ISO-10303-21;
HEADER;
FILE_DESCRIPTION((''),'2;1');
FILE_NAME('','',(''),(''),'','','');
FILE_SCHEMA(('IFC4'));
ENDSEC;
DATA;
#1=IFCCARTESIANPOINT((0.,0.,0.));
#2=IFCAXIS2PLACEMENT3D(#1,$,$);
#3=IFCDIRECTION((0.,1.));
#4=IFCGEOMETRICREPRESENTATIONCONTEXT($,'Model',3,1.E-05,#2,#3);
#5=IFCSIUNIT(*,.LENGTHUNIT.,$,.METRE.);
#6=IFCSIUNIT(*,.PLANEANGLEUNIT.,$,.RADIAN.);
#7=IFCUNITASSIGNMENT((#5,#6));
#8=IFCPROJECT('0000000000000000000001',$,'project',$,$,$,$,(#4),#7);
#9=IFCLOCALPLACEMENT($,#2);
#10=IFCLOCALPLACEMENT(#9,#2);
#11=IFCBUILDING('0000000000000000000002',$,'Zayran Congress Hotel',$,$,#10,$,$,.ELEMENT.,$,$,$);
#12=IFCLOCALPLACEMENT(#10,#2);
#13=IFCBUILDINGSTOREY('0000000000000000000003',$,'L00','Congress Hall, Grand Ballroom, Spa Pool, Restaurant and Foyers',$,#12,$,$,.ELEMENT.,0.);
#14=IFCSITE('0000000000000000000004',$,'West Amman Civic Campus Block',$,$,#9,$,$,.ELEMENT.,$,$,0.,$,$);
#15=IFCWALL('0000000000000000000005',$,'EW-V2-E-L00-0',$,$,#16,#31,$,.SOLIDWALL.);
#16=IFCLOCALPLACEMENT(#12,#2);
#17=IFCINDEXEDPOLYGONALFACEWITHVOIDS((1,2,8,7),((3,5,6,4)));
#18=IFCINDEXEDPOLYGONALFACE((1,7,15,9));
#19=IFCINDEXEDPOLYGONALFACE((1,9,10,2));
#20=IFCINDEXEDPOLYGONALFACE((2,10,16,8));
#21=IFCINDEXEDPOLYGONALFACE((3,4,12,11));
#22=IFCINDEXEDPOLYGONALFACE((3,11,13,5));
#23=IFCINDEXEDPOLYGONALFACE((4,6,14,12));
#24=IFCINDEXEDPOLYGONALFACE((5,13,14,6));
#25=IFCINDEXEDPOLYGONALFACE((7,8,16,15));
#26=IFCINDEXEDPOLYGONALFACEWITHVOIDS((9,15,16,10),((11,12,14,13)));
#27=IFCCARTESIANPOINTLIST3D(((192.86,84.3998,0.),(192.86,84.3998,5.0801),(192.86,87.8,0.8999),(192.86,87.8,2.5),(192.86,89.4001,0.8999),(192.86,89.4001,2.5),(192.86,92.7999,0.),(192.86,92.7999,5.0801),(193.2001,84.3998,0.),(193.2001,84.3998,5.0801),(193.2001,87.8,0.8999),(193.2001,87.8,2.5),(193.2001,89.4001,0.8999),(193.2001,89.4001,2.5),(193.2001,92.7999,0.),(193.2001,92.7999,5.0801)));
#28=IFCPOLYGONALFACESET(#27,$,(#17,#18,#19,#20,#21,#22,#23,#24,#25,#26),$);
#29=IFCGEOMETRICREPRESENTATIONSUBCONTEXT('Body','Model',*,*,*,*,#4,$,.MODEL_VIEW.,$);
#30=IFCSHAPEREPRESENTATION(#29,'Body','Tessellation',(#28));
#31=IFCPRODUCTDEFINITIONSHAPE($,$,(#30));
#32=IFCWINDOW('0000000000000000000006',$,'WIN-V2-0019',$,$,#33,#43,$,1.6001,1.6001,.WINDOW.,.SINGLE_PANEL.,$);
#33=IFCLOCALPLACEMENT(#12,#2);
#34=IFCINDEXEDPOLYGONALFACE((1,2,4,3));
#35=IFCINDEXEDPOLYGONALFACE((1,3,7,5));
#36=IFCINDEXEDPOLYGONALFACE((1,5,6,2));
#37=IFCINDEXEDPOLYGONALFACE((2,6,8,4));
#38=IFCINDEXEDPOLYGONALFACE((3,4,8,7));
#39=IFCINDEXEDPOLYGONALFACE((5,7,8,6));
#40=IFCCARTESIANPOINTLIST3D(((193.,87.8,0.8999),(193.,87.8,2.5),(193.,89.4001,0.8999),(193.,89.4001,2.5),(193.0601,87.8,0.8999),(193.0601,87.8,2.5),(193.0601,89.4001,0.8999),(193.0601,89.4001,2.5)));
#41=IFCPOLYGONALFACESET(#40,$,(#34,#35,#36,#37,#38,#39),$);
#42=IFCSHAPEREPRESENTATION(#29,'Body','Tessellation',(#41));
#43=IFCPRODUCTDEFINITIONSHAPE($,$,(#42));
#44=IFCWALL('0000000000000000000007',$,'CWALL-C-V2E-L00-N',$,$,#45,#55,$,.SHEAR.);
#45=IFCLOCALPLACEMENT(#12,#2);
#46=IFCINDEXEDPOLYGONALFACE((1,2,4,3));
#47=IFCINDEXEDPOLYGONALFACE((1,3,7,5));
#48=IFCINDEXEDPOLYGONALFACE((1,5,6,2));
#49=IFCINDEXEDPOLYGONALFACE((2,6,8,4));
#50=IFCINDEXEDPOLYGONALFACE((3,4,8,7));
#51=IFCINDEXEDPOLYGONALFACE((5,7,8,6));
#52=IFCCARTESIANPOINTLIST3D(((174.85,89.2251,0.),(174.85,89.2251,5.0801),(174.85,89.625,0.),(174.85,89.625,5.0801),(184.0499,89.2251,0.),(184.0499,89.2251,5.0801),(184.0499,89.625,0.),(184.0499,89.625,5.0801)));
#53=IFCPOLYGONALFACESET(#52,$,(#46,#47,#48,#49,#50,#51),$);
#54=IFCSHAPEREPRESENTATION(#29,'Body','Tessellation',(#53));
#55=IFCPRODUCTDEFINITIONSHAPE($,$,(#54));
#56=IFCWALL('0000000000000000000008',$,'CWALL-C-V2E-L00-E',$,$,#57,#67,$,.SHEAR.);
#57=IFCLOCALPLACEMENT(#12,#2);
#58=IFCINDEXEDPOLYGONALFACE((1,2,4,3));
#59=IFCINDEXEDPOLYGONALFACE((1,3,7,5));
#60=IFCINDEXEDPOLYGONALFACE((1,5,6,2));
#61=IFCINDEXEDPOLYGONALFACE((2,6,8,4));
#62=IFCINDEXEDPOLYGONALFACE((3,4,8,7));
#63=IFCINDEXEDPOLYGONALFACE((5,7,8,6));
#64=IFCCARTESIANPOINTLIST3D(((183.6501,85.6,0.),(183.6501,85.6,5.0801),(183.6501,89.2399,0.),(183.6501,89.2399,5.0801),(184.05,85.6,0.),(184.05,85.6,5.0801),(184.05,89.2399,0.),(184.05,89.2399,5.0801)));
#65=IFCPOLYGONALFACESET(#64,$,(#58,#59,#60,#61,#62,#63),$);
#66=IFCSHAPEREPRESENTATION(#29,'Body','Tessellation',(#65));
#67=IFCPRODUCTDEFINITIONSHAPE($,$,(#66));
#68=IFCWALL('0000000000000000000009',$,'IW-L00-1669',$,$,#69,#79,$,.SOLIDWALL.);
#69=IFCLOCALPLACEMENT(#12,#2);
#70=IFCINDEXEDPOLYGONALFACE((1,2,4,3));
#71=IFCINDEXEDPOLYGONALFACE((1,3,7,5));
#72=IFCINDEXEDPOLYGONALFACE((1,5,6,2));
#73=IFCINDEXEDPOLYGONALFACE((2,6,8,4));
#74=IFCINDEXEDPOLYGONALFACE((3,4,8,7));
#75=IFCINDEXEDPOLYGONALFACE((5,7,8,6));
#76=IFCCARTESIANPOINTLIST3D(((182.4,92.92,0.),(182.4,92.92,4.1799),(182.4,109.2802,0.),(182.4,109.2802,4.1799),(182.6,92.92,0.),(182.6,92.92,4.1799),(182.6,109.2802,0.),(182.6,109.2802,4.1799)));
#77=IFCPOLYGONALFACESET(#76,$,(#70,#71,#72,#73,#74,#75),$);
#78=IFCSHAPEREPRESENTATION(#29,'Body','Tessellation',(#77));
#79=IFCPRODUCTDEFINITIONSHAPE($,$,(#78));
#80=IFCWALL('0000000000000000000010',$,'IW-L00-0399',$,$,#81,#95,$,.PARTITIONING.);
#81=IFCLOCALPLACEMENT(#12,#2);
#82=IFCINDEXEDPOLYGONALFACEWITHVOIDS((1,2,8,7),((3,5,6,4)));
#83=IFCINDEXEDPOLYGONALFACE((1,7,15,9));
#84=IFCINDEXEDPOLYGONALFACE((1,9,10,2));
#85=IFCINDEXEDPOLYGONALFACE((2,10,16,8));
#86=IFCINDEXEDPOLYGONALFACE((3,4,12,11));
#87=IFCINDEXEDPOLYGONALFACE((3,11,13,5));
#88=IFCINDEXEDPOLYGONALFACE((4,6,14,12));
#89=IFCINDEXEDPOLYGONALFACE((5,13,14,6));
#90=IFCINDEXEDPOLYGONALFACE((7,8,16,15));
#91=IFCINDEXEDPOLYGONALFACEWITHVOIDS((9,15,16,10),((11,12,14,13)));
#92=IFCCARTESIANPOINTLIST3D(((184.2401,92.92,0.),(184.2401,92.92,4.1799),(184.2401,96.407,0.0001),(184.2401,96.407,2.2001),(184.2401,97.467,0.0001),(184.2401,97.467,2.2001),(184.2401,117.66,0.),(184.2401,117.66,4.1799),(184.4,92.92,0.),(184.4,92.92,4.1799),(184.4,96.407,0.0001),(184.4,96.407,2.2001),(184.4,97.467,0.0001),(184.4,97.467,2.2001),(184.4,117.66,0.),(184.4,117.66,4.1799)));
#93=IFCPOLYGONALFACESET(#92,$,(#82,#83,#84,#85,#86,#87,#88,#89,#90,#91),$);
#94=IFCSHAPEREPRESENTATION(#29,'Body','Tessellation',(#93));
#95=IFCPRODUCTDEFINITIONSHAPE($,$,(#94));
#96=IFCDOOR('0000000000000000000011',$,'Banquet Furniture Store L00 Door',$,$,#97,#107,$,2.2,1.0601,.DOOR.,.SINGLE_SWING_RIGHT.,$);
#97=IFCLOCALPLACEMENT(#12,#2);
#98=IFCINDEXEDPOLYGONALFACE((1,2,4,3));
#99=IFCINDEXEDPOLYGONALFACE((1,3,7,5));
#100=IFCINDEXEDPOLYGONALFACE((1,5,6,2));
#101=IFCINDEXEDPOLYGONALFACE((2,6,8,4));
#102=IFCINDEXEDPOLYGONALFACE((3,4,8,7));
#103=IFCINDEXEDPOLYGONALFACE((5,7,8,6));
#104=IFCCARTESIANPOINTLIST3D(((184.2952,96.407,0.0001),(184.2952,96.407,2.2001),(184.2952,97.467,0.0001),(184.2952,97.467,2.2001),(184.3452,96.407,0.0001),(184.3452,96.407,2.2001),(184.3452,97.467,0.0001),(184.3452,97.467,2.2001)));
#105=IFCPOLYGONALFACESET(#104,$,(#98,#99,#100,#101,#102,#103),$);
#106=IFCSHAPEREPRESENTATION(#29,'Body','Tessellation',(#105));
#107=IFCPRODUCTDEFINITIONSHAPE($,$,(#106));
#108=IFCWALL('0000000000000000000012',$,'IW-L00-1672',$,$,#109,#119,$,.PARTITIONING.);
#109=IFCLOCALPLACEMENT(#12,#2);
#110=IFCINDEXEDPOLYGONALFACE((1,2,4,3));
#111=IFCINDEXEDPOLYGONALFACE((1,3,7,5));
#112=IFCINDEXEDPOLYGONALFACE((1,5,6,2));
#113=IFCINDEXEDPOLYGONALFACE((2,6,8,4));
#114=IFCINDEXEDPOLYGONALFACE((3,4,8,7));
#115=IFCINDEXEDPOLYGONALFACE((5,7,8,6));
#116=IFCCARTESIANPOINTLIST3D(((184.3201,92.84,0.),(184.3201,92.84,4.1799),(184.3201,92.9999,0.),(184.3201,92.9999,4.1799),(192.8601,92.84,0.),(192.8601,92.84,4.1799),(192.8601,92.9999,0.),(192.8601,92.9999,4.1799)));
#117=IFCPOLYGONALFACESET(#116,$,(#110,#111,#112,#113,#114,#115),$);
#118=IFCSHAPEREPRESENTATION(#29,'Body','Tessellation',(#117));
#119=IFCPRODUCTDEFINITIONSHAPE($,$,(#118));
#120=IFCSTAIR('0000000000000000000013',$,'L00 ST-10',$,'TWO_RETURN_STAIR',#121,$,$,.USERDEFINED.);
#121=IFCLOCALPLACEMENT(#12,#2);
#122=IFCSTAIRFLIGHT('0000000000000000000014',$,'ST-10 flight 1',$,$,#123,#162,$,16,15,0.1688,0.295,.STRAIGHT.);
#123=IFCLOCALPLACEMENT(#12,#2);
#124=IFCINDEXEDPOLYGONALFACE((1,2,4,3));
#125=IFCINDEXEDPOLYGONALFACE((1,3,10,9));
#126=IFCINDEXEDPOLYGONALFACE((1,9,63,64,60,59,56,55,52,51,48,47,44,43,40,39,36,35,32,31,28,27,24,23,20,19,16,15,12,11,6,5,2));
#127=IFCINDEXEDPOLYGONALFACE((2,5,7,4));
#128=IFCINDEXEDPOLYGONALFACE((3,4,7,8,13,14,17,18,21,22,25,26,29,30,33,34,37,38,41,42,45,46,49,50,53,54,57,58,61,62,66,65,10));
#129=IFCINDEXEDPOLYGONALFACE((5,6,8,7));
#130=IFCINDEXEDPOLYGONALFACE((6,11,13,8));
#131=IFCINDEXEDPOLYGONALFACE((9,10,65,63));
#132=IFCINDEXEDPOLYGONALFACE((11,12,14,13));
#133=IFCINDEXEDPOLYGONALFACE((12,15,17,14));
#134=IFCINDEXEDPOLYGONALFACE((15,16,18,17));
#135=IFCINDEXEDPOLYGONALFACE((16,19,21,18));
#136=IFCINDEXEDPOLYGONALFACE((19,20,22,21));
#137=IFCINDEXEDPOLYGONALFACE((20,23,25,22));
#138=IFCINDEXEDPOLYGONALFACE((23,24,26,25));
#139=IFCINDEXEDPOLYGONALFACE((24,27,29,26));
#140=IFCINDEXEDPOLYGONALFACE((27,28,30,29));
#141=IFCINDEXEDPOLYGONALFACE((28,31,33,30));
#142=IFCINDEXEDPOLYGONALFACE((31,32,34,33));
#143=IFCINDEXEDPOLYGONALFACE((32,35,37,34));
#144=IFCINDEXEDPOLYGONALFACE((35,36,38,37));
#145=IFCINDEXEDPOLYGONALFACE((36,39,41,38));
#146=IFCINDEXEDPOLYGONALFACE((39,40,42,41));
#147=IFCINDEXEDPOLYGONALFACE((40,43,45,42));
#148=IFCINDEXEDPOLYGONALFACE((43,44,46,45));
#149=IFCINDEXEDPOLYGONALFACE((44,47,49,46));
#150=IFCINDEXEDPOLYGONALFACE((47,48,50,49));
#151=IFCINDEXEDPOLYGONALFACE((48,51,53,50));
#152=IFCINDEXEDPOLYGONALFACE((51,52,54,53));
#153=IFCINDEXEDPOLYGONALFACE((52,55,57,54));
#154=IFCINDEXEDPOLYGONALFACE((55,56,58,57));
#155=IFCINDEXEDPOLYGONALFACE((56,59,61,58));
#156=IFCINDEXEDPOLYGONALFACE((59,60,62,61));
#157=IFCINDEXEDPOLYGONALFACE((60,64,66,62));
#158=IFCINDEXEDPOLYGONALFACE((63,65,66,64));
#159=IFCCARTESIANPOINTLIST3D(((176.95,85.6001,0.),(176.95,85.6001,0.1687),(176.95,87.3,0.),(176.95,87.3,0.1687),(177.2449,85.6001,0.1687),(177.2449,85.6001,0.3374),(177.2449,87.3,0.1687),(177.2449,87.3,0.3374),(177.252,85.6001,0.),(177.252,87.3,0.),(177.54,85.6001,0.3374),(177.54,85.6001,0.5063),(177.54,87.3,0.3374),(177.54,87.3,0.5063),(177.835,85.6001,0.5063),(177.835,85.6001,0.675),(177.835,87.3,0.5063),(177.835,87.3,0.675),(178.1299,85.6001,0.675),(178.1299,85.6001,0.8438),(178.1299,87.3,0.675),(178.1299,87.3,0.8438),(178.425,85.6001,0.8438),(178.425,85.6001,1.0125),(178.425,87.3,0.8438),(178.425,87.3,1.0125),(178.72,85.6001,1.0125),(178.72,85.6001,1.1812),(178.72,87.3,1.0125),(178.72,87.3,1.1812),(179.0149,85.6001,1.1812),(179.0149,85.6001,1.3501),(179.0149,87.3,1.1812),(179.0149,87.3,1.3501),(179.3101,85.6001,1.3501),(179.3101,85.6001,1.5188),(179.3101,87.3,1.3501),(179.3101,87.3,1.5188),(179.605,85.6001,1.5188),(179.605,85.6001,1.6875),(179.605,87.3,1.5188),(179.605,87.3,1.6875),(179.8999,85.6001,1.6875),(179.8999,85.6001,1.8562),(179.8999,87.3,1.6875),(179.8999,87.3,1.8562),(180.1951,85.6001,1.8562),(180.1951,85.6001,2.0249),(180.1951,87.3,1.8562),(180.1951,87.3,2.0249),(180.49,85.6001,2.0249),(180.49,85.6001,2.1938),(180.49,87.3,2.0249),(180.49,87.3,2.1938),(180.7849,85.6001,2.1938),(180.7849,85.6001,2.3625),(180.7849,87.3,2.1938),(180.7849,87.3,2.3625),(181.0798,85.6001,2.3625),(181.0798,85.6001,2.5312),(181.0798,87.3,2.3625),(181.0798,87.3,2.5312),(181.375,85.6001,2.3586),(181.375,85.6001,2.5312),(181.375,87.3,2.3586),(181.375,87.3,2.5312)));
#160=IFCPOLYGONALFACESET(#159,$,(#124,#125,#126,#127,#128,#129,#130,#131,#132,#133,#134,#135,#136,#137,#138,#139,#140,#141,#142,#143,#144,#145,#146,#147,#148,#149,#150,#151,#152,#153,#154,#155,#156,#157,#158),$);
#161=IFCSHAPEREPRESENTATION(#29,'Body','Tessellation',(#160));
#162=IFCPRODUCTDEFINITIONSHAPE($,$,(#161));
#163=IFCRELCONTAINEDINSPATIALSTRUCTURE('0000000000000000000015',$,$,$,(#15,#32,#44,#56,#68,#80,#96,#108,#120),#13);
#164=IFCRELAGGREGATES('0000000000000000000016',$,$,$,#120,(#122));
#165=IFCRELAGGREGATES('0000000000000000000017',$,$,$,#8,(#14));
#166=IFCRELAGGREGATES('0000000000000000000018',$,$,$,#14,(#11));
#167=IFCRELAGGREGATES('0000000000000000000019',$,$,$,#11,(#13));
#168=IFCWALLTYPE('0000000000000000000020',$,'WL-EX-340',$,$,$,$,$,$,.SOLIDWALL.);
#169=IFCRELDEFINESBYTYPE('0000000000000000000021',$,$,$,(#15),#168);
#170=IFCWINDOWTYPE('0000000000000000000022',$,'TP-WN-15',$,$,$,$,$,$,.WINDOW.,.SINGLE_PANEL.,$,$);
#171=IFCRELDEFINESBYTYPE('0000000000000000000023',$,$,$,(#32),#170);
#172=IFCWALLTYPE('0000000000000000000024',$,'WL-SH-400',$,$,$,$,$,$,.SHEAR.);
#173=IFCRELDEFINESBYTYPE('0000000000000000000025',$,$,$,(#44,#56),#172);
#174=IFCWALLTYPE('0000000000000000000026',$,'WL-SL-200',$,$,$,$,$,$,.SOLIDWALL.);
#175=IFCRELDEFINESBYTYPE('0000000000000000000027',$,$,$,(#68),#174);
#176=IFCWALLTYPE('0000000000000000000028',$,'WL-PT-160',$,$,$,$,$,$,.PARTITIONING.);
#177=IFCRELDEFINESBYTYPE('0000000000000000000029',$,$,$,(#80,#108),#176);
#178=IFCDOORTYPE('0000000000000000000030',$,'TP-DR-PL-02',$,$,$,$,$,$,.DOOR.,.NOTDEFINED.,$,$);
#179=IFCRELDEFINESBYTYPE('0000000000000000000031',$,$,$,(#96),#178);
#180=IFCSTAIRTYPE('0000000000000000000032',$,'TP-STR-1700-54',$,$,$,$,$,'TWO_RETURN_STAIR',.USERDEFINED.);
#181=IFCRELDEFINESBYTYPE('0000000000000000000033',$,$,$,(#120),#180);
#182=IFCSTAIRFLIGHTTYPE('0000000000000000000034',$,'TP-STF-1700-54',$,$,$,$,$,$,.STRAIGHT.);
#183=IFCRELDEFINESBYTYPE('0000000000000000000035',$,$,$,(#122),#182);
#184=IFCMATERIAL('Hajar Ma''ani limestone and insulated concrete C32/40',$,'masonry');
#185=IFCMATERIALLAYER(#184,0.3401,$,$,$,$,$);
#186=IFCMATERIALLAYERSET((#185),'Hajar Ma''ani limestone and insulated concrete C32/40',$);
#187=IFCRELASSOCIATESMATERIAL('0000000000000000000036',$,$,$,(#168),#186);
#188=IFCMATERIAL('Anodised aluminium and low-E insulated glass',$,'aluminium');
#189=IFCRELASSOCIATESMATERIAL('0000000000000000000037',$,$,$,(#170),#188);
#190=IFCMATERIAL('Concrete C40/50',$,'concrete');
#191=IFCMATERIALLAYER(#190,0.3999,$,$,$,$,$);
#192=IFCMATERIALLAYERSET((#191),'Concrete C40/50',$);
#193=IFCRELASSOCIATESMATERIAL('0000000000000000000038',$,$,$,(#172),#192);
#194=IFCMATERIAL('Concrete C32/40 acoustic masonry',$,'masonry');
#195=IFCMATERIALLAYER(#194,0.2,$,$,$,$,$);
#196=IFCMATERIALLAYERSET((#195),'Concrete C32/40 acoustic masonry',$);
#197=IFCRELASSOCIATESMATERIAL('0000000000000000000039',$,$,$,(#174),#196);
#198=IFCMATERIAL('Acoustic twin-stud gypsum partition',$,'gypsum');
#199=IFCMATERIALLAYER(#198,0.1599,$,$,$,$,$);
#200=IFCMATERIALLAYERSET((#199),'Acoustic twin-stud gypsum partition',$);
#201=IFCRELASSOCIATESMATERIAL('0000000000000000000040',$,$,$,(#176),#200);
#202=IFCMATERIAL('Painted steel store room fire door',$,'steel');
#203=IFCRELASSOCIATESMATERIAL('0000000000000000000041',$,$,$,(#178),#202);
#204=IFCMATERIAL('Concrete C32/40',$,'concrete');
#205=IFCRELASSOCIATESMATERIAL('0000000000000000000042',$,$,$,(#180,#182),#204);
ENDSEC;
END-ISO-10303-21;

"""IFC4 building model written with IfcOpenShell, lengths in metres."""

from ifc_helpers import new_model, si_unit, direction, frame, frame_2d, origin, place, context, subcontext, project, spatial, polyline, rectangle, outline, extrude, material, layer, layer_set, type_object, element, fill, aggregate, save


model = new_model("IFC4")

# Units and contexts
model_context = context("Model", 3, precision=1e-05, world=origin(), true_north=direction((0.0, 1.0)))
body_context = subcontext(model_context, "Body", "Model", "MODEL_VIEW")
ifc_project = project(units=[si_unit("LENGTHUNIT", "METRE"), si_unit("PLANEANGLEUNIT", "RADIAN")], contexts=[model_context])

# Site, building, storey
site_placement = place(None, origin())
site = spatial("IfcSite", under=ifc_project, at=site_placement, Name="West Amman Civic Campus Block", CompositionType="ELEMENT", RefElevation=0.0)
building_placement = place(site_placement, origin())
building = spatial("IfcBuilding", under=site, at=building_placement, Name="Zayran Congress Hotel", CompositionType="ELEMENT")
storey_placement = place(building_placement, origin())
storey = spatial("IfcBuildingStorey", under=building, at=storey_placement, Name="L00", Description="Congress Hall, Grand Ballroom, Spa Pool, Restaurant and Foyers", CompositionType="ELEMENT", Elevation=0.0)

# Shared definitions
ifc_material_1 = material(Name="Concrete C40/50", Category="concrete")

# Wall, opening, window
ifc_material_2 = material(Name="Hajar Ma'ani limestone and insulated concrete C32/40", Category="masonry")
ifc_layer_1 = layer(ifc_material_2, 0.3401)
ifc_layer_set_1 = layer_set([ifc_layer_1], Name="Hajar Ma'ani limestone and insulated concrete C32/40")
wall_type_1 = type_object("IfcWallType", Name="WL-EX-340", PredefinedType="SOLIDWALL", material=ifc_layer_set_1)
wall_1_placement = place(storey_placement, frame((193.03, 92.8, 0.0), z_axis=(0.0, 0.0, 1.0), x_axis=(0.0, -1.0, 0.0)))
wall_1 = element("IfcWall", 1, at=wall_1_placement, inside=storey, type_object=wall_type_1, Name="EW-V2-E-L00-0", PredefinedType="SOLIDWALL", context=body_context, shape_type="SweptSolid", body=[
    extrude(rectangle(XDim=8.4001, YDim=0.3401, at=frame_2d((4.2002, 0.0))), origin(), (0.0, 0.0, 1.0), 5.0801),
])
opening_1_placement = place(wall_1_placement, frame((3.3999, 0.0, 0.8999)))
opening_1 = element("IfcOpeningElement", 2, at=opening_1_placement, cuts=wall_1, PredefinedType="OPENING", context=body_context, shape_type="SweptSolid", body=[
    extrude(rectangle(XDim=1.6001, YDim=1.6001, at=frame_2d((0.8, 0.8))), frame((0.0, 0.1799, 0.0), z_axis=(0.0, -1.0, 0.0), x_axis=(1.0, 0.0, 0.0)), (0.0, 0.0, 1.0), 0.3601),
])
ifc_material_3 = material(Name="Anodised aluminium and low-E insulated glass", Category="aluminium")
window_type = type_object("IfcWindowType", Name="TP-WN-15", PartitioningType="SINGLE_PANEL", PredefinedType="WINDOW", material=ifc_material_3)
window_placement = place(opening_1_placement, origin())
window = element("IfcWindow", 3, at=window_placement, inside=storey, type_object=window_type, Name="WIN-V2-0019", OverallHeight=1.6001, OverallWidth=1.6001, PartitioningType="SINGLE_PANEL", PredefinedType="WINDOW", context=body_context, shape_type="SweptSolid", body=[
    extrude(rectangle(XDim=1.6001, YDim=1.6001, at=frame_2d((0.8, 0.8))), frame((0.0, 0.03, 0.0), z_axis=(0.0, -1.0, 0.0), x_axis=(1.0, 0.0, 0.0)), (0.0, 0.0, 1.0), 0.0601),
])
fill(opening_1, window)

# Walls
ifc_layer_2 = layer(ifc_material_1, 0.3999)
ifc_layer_set_2 = layer_set([ifc_layer_2], Name="Concrete C40/50")
wall_type_2 = type_object("IfcWallType", Name="WL-SH-400", PredefinedType="SHEAR", material=ifc_layer_set_2)
wall_2_placement = place(storey_placement, frame((184.05, 89.425, 0.0), z_axis=(0.0, 0.0, 1.0), x_axis=(-1.0, 0.0, 0.0)))
element("IfcWall", 4, at=wall_2_placement, inside=storey, type_object=wall_type_2, Name="CWALL-C-V2E-L00-N", PredefinedType="SHEAR", context=body_context, shape_type="SweptSolid", body=[
    extrude(rectangle(XDim=9.2, YDim=0.3999, at=frame_2d((4.6001, 0.0))), origin(), (0.0, 0.0, 1.0), 5.0801),
])
wall_3_placement = place(storey_placement, frame((183.8501, 85.6001, 0.0), z_axis=(0.0, 0.0, 1.0), x_axis=(0.0, 1.0, 0.0)))
element("IfcWall", 5, at=wall_3_placement, inside=storey, type_object=wall_type_2, Name="CWALL-C-V2E-L00-E", PredefinedType="SHEAR", context=body_context, shape_type="SweptSolid", body=[
    extrude(rectangle(XDim=3.6399, YDim=0.3999, at=frame_2d((1.8198, 0.0))), origin(), (0.0, 0.0, 1.0), 5.0801),
])
ifc_material_4 = material(Name="Concrete C32/40 acoustic masonry", Category="masonry")
ifc_layer_3 = layer(ifc_material_4, 0.2)
ifc_layer_set_3 = layer_set([ifc_layer_3], Name="Concrete C32/40 acoustic masonry")
wall_type_3 = type_object("IfcWallType", Name="WL-SL-200", PredefinedType="SOLIDWALL", material=ifc_layer_set_3)
wall_4_placement = place(storey_placement, frame((182.5, 92.9199, 0.0), z_axis=(0.0, 0.0, 1.0), x_axis=(0.0, 1.0, 0.0)))
element("IfcWall", 6, at=wall_4_placement, inside=storey, type_object=wall_type_3, Name="IW-L00-1669", PredefinedType="SOLIDWALL", context=body_context, shape_type="SweptSolid", body=[
    extrude(rectangle(XDim=16.3601, YDim=0.2, at=frame_2d((8.1802, 0.0))), origin(), (0.0, 0.0, 1.0), 4.1799),
])

# Wall, opening, door
ifc_material_5 = material(Name="Acoustic twin-stud gypsum partition", Category="gypsum")
ifc_layer_4 = layer(ifc_material_5, 0.1599)
ifc_layer_set_4 = layer_set([ifc_layer_4], Name="Acoustic twin-stud gypsum partition")
wall_type_4 = type_object("IfcWallType", Name="WL-PT-160", PredefinedType="PARTITIONING", material=ifc_layer_set_4)
wall_5_placement = place(storey_placement, frame((184.3201, 92.9199, 0.0), z_axis=(0.0, 0.0, 1.0), x_axis=(0.0, 1.0, 0.0)))
wall_5 = element("IfcWall", 7, at=wall_5_placement, inside=storey, type_object=wall_type_4, Name="IW-L00-0399", PredefinedType="PARTITIONING", context=body_context, shape_type="SweptSolid", body=[
    extrude(rectangle(XDim=24.74, YDim=0.1599, at=frame_2d((12.3701, 0.0))), origin(), (0.0, 0.0, 1.0), 4.1799),
])
opening_2_placement = place(wall_5_placement, frame((3.4871, 0.0, 0.0)))
opening_2 = element("IfcOpeningElement", 8, at=opening_2_placement, cuts=wall_5, PredefinedType="OPENING", context=body_context, shape_type="SweptSolid", body=[
    extrude(rectangle(XDim=1.0601, YDim=2.2, at=frame_2d((0.53, 1.1001))), frame((0.0, 0.0898, 0.0), z_axis=(0.0, -1.0, 0.0), x_axis=(1.0, 0.0, 0.0)), (0.0, 0.0, 1.0), 0.1799),
])
ifc_material_6 = material(Name="Painted steel store room fire door", Category="steel")
door_type = type_object("IfcDoorType", Name="TP-DR-PL-02", OperationType="NOTDEFINED", PredefinedType="DOOR", material=ifc_material_6)
door_placement = place(opening_2_placement, origin())
door = element("IfcDoor", 9, at=door_placement, inside=storey, type_object=door_type, Name="Banquet Furniture Store L00 Door", OperationType="SINGLE_SWING_RIGHT", OverallHeight=2.2, OverallWidth=1.0601, PredefinedType="DOOR", context=body_context, shape_type="SweptSolid", body=[
    extrude(rectangle(XDim=1.0601, YDim=2.2, at=frame_2d((0.53, 1.1001))), frame((0.0, 0.0249, 0.0), z_axis=(0.0, -1.0, 0.0), x_axis=(1.0, 0.0, 0.0)), (0.0, 0.0, 1.0), 0.05),
])
fill(opening_2, door)

# Wall
wall_6_placement = place(storey_placement, frame((184.3201, 92.9199, 0.0), z_axis=(0.0, 0.0, 1.0), x_axis=(1.0, 0.0, 0.0)))
element("IfcWall", 10, at=wall_6_placement, inside=storey, type_object=wall_type_4, Name="IW-L00-1672", PredefinedType="PARTITIONING", context=body_context, shape_type="SweptSolid", body=[
    extrude(rectangle(XDim=8.54, YDim=0.1599, at=frame_2d((4.27, 0.0))), origin(), (0.0, 0.0, 1.0), 4.1799),
])

# Stair, stair flight
ifc_material_7 = material(Name="Concrete C32/40", Category="concrete")
stair_type = type_object("IfcStairType", Name="TP-STR-1700-54", ElementType="TWO_RETURN_STAIR", PredefinedType="USERDEFINED", material=ifc_material_7)
stair_placement = place(storey_placement, origin())
stair = element("IfcStair", 11, at=stair_placement, inside=storey, type_object=stair_type, Name="L00 ST-10", ObjectType="TWO_RETURN_STAIR", PredefinedType="USERDEFINED")
stair_flight_type = type_object("IfcStairFlightType", Name="TP-STF-1700-54", PredefinedType="STRAIGHT", material=ifc_material_7)
stair_flight_1_placement = place(storey_placement, frame((176.95, 86.45, 0.0), z_axis=(0.0, 0.0, 1.0), x_axis=(1.0, 0.0, 0.0)))
stair_flight_1 = element("IfcStairFlight", 12, at=stair_flight_1_placement, type_object=stair_flight_type, Name="ST-10 flight 1", NumberOfRisers=16, NumberOfTreads=15, PredefinedType="STRAIGHT", RiserHeight=0.1688, TreadLength=0.295, context=body_context, shape_type="SweptSolid", body=[
    extrude(outline(polyline([(0.0, 0.0), (0.0, 0.1687), (0.2949, 0.1687), (0.2949, 0.3374), (0.5901, 0.3374), (0.5901, 0.5063), (0.885, 0.5063), (0.885, 0.675), (1.1799, 0.675), (1.1799, 0.8438), (1.4751, 0.8438), (1.4751, 1.0125), (1.77, 1.0125), (1.77, 1.1812), (2.0649, 1.1812), (2.0649, 1.3501), (2.3601, 1.3501), (2.3601, 1.5188), (2.655, 1.5188), (2.655, 1.6875), (2.95, 1.6875), (2.95, 1.8562), (3.2451, 1.8562), (3.2451, 2.0249), (3.54, 2.0249), (3.54, 2.1938), (3.835, 2.1938), (3.835, 2.3625), (4.1299, 2.3625), (4.1299, 2.5312), (4.425, 2.5312), (4.425, 2.7), (4.425, 2.3586), (0.302, 0.0), (0.0, 0.0)])), frame((0.0, 0.8501, 0.0), z_axis=(0.0, -1.0, 0.0), x_axis=(1.0, 0.0, 0.0)), (0.0, 0.0, 1.0), 1.7),
])
aggregate(stair, [stair_flight_1])

save(model, "model.ifc")
